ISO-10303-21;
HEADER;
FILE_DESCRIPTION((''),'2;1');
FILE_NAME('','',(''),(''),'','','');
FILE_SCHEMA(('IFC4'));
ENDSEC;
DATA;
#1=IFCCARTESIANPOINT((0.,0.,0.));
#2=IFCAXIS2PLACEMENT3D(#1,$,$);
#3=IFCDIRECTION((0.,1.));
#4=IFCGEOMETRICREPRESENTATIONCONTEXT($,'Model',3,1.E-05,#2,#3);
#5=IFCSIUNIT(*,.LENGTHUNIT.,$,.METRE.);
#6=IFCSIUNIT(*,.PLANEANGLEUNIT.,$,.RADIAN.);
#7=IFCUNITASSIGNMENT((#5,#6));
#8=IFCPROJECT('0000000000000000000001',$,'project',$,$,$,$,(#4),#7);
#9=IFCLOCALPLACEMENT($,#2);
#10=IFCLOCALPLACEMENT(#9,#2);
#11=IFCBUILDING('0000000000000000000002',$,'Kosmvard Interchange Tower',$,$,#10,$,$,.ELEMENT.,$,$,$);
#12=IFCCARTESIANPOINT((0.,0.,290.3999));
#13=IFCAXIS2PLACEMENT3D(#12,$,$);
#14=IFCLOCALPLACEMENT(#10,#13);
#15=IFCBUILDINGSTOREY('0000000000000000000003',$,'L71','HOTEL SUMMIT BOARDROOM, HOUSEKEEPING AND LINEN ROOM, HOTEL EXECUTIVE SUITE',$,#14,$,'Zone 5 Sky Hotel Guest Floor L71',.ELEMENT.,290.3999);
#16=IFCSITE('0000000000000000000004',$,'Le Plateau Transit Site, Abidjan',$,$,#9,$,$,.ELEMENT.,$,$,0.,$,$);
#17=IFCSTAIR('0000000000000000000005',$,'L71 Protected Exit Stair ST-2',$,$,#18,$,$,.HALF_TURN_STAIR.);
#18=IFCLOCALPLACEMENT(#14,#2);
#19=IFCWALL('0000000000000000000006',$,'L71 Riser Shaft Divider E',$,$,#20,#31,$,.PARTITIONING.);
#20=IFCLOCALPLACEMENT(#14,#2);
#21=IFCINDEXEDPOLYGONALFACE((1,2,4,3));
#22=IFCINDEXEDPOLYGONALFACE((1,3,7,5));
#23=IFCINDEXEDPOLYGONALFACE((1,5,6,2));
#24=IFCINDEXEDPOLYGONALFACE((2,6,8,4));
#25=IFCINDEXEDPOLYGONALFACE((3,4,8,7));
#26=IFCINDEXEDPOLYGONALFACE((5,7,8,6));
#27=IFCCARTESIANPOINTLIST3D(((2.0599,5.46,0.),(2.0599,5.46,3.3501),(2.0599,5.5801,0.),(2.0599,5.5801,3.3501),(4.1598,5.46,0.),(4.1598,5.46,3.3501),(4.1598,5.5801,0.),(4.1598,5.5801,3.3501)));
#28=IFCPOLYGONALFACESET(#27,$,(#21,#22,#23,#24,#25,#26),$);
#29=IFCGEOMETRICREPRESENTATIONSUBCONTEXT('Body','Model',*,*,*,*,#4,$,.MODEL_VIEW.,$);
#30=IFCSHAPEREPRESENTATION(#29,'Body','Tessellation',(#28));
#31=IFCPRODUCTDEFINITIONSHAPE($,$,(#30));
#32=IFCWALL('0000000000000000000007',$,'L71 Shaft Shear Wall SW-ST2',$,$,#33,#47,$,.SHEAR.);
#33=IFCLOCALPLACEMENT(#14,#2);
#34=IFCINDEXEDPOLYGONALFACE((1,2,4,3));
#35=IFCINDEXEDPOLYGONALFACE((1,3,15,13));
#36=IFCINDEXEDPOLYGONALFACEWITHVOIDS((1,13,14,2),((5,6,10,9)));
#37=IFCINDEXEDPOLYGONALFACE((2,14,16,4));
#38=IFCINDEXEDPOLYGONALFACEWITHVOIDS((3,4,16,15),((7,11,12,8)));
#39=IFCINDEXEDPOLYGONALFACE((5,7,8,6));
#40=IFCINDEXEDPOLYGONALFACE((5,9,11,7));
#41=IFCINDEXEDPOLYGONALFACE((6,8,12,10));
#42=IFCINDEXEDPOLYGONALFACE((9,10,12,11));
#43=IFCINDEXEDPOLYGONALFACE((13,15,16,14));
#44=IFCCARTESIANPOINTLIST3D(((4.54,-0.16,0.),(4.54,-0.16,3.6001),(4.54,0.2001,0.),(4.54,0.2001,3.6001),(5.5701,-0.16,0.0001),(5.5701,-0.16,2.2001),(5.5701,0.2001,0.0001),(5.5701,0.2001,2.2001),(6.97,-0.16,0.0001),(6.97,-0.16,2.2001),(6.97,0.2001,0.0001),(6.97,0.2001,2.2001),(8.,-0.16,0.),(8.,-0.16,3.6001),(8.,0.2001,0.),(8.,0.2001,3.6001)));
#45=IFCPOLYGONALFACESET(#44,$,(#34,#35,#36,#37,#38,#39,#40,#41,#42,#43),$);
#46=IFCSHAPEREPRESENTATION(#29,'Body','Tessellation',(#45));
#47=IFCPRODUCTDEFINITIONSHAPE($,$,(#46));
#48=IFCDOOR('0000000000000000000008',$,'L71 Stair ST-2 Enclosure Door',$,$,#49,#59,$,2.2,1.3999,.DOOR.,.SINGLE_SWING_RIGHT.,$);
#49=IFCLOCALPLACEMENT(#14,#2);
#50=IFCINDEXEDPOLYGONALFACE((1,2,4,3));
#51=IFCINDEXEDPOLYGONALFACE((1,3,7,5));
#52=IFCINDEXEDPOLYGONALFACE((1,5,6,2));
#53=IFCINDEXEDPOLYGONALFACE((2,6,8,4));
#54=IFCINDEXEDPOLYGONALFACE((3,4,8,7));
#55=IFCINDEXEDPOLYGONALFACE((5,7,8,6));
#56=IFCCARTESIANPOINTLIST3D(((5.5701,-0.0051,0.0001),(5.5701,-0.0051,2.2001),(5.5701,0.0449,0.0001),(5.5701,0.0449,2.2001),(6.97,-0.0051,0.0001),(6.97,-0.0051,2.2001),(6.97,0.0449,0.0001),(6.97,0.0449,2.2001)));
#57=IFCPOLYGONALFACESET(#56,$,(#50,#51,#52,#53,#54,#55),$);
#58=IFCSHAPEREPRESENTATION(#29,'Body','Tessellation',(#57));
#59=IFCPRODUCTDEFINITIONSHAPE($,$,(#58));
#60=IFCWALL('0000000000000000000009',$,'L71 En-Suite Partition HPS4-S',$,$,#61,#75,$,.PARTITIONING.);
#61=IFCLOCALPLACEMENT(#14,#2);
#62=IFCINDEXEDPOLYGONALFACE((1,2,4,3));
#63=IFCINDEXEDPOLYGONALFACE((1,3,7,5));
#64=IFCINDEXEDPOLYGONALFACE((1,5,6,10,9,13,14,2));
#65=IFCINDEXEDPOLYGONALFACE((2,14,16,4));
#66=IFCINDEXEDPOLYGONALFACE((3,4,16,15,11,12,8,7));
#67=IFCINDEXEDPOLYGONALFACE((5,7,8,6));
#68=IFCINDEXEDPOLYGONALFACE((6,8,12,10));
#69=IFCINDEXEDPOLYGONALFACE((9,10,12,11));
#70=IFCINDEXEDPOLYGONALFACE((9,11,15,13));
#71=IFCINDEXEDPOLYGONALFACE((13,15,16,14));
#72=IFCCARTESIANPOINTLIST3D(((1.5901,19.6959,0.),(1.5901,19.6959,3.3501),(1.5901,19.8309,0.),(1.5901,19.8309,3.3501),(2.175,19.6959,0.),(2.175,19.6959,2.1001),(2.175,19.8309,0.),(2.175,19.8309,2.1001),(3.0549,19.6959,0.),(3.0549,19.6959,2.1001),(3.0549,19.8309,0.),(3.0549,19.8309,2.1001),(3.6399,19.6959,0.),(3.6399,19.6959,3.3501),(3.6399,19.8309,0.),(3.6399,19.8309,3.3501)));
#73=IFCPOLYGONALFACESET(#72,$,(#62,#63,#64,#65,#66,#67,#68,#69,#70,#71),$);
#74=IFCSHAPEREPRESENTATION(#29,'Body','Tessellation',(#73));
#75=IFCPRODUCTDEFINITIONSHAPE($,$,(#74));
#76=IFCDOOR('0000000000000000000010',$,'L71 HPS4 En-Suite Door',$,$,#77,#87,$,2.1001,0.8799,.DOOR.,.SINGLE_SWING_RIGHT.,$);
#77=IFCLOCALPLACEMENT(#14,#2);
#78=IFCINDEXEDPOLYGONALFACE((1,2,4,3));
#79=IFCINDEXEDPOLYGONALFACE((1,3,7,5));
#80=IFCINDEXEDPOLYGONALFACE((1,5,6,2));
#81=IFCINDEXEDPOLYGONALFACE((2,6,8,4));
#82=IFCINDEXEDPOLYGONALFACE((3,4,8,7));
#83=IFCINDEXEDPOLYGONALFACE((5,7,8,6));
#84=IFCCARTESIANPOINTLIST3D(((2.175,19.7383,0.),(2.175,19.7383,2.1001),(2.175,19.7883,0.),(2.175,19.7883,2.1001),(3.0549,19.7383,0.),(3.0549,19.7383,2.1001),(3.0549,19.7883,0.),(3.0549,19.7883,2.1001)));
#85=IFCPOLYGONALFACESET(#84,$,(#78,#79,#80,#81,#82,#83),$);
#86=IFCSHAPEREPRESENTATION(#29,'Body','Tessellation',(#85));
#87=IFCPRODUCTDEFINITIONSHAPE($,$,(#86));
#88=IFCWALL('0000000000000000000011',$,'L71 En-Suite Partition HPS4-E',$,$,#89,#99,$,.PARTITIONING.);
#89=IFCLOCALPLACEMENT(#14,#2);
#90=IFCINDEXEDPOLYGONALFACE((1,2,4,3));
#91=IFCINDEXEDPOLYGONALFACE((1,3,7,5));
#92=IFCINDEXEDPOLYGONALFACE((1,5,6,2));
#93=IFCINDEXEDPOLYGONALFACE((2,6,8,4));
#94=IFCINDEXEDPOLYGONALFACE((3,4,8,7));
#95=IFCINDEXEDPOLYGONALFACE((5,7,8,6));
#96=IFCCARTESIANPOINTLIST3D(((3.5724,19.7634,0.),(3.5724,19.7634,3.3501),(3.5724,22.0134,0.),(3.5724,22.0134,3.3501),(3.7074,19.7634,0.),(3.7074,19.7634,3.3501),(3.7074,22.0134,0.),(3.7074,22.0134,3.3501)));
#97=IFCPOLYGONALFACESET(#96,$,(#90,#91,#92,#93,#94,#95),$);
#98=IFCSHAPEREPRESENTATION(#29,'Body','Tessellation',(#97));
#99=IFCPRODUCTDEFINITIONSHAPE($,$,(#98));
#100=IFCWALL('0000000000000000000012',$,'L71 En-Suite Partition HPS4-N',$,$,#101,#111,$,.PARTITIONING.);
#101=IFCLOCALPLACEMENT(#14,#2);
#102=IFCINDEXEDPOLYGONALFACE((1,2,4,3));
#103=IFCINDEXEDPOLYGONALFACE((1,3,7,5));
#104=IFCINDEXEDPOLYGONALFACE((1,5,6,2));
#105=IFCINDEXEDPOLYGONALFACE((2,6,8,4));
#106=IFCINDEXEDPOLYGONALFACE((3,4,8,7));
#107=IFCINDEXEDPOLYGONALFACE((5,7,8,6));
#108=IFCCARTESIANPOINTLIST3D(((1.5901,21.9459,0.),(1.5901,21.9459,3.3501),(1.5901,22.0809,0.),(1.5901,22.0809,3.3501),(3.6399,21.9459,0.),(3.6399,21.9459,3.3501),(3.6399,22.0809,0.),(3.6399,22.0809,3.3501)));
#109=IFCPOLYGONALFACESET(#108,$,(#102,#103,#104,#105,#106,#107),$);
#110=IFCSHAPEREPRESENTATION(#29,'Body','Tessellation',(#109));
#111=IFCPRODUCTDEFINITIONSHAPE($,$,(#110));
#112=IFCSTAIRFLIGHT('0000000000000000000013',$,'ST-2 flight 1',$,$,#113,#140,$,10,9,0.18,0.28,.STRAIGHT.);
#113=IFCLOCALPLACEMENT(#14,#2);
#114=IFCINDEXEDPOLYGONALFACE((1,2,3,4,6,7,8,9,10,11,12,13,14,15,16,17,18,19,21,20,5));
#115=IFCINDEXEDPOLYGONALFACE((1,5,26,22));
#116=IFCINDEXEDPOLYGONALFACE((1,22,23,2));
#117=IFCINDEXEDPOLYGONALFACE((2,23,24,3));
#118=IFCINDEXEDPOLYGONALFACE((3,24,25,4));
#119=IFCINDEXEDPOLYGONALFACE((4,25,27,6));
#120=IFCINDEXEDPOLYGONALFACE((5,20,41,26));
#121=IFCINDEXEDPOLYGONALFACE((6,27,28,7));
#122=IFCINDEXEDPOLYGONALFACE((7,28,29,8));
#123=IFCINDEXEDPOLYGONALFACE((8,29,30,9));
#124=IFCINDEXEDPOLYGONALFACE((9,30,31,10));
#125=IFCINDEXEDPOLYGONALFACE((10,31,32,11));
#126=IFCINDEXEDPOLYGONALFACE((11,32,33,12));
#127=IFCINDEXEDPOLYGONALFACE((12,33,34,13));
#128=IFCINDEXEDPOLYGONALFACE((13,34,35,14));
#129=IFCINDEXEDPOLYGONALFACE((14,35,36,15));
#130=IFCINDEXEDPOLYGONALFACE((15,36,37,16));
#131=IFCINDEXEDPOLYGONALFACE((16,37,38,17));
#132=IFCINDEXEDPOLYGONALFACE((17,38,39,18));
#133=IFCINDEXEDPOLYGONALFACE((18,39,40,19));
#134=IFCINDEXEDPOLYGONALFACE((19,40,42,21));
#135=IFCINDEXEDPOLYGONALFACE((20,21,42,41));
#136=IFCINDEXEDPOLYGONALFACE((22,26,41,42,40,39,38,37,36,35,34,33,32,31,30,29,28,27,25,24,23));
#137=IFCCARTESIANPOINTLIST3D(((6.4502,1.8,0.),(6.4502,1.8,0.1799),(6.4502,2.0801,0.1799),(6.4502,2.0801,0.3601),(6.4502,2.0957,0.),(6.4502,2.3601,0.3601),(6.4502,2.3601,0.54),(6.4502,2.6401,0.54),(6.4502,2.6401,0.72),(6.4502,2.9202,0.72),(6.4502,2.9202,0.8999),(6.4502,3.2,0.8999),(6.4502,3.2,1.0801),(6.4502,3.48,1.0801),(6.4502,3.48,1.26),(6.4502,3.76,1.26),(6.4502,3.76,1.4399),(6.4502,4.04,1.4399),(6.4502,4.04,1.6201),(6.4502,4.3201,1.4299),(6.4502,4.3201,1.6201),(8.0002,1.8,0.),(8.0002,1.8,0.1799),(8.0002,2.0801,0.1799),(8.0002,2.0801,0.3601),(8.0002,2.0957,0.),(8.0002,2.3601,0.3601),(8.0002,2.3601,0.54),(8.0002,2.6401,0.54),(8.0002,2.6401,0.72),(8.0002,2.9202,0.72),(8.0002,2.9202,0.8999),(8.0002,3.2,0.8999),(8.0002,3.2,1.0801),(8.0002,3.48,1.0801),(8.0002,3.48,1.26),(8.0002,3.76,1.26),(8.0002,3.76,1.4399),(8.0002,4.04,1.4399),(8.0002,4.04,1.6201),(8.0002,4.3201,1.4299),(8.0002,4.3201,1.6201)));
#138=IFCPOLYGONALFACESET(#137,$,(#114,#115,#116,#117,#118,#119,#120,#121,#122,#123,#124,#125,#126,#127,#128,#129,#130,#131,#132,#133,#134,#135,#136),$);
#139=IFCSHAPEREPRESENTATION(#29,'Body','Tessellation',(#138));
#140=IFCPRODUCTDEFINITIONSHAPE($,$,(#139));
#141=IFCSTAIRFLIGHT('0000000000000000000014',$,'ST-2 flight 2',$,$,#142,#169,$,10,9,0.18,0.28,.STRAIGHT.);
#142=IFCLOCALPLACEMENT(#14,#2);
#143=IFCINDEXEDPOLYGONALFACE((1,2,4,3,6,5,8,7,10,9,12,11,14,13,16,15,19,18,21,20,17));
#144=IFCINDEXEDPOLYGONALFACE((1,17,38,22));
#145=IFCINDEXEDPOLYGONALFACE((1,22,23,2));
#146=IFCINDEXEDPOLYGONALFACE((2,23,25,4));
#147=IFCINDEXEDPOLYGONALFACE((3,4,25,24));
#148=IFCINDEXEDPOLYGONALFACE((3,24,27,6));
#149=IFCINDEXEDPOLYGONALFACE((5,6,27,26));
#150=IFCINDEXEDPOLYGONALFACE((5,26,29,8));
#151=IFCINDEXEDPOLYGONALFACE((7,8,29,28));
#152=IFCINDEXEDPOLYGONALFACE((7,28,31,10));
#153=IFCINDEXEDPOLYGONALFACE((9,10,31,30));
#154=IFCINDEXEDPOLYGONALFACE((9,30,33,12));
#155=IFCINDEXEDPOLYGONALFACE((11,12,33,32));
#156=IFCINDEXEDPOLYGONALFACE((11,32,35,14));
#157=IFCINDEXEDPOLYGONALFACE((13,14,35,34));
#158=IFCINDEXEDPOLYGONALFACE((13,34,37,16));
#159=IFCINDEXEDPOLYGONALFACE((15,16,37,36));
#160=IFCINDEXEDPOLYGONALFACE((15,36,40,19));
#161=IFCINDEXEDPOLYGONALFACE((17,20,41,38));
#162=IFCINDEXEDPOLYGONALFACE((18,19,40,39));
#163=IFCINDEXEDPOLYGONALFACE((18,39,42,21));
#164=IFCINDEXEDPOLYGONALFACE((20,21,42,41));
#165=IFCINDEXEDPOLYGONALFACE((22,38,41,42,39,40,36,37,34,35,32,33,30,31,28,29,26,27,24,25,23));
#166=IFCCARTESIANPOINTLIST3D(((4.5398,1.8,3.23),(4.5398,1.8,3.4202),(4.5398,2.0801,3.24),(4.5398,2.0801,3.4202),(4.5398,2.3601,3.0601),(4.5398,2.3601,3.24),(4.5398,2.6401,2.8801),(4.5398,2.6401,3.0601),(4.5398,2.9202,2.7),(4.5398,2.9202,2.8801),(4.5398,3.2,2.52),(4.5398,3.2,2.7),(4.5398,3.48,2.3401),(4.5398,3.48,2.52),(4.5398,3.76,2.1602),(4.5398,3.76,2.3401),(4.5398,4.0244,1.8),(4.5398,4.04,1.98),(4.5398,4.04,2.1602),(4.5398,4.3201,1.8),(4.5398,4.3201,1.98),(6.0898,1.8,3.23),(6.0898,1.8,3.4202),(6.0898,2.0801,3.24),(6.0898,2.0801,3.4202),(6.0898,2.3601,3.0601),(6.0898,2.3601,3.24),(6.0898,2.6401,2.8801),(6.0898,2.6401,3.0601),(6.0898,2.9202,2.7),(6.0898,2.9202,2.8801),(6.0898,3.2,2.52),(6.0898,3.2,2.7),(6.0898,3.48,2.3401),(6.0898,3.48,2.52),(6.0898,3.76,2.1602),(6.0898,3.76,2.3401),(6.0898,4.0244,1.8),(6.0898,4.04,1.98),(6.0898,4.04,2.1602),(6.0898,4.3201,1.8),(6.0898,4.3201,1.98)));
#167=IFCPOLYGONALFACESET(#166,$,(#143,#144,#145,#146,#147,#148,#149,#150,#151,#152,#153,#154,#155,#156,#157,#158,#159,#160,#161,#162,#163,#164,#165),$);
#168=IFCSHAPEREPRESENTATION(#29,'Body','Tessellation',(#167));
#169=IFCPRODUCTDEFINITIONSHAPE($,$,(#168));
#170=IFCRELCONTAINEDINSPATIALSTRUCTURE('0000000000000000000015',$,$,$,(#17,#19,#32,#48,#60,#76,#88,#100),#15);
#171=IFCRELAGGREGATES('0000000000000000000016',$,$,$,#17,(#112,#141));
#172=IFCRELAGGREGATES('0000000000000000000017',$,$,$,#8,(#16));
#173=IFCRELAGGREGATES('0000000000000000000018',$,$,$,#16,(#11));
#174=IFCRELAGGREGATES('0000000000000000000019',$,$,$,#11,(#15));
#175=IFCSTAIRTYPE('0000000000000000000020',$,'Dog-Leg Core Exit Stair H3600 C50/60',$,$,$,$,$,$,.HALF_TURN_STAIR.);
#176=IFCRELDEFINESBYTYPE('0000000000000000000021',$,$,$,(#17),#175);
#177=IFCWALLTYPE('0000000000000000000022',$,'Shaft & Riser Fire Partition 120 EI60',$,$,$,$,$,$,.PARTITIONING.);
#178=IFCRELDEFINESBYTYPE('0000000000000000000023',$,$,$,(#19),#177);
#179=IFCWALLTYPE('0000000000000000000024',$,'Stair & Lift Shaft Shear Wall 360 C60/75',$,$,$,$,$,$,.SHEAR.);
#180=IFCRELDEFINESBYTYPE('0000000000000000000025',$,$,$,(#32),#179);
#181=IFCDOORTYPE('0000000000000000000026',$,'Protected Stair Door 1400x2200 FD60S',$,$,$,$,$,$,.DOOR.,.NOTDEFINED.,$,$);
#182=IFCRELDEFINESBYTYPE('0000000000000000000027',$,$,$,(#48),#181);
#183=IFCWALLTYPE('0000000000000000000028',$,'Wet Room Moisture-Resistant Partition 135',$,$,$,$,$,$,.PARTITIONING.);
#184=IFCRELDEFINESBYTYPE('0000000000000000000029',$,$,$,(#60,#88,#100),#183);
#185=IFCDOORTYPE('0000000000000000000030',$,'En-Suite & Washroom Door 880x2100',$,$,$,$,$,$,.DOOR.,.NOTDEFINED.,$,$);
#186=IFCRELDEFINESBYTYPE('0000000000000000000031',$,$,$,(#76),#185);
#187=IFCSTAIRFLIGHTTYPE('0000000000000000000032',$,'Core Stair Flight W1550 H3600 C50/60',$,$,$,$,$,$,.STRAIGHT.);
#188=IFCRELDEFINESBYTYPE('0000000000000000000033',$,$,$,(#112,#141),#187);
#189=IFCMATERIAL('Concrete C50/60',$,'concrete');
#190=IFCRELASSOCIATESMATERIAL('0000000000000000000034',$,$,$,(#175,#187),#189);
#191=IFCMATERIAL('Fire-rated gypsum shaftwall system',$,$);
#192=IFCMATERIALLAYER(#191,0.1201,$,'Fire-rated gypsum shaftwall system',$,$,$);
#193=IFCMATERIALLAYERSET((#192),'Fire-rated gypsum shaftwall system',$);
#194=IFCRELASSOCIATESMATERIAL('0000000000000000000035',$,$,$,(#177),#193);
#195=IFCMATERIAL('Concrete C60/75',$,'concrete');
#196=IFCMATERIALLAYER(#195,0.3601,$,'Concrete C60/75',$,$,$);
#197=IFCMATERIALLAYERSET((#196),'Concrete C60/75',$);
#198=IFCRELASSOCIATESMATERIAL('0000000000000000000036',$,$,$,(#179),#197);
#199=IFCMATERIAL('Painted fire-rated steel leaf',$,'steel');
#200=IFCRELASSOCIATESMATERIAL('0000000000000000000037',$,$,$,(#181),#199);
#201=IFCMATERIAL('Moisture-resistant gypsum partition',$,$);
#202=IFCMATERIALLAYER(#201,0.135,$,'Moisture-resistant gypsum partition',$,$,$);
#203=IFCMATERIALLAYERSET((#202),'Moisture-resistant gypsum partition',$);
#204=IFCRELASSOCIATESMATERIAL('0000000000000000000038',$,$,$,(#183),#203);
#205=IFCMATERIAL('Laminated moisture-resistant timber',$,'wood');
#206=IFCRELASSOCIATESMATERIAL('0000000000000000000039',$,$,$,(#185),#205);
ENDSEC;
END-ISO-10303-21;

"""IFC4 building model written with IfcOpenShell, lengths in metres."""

from ifc_helpers import new_model, si_unit, direction, frame, frame_2d, origin, place, context, subcontext, project, spatial, polyline, rectangle, outline, extrude, source, transform, mapped, material, layer, layer_set, type_object, element, fill, aggregate, save


model = new_model("IFC4")

# Units and contexts
model_context = context("Model", 3, precision=1e-05, world=origin(), true_north=direction((0.0, 1.0)))
body_context = subcontext(model_context, "Body", "Model", "MODEL_VIEW")
ifc_project = project(units=[si_unit("LENGTHUNIT", "METRE"), si_unit("PLANEANGLEUNIT", "RADIAN")], contexts=[model_context])

# Site, building, storey
site_placement = place(None, origin())
site = spatial("IfcSite", under=ifc_project, at=site_placement, Name="Le Plateau Transit Site, Abidjan", CompositionType="ELEMENT", RefElevation=0.0)
building_placement = place(site_placement, origin())
building = spatial("IfcBuilding", under=site, at=building_placement, Name="Kosmvard Interchange Tower", CompositionType="ELEMENT")
storey_placement = place(building_placement, frame((0.0, 0.0, 290.3999)))
storey = spatial("IfcBuildingStorey", under=building, at=storey_placement, Name="L71", Description="HOTEL SUMMIT BOARDROOM, HOUSEKEEPING AND LINEN ROOM, HOTEL EXECUTIVE SUITE", LongName="Zone 5 Sky Hotel Guest Floor L71", CompositionType="ELEMENT", Elevation=290.3999)

# Shared definitions
ifc_material_1 = material(Name="Concrete C50/60", Category="concrete")

# Stair
stair_type = type_object("IfcStairType", Name="Dog-Leg Core Exit Stair H3600 C50/60", PredefinedType="HALF_TURN_STAIR", material=ifc_material_1)
stair_1_placement = place(storey_placement, origin())
stair_1 = element("IfcStair", 1, at=stair_1_placement, inside=storey, type_object=stair_type, Name="L71 Protected Exit Stair ST-2", PredefinedType="HALF_TURN_STAIR")

# Wall
ifc_material_2 = material(Name="Fire-rated gypsum shaftwall system")
ifc_layer_1 = layer(ifc_material_2, 0.1201, Name="Fire-rated gypsum shaftwall system")
ifc_layer_set_1 = layer_set([ifc_layer_1], Name="Fire-rated gypsum shaftwall system")
wall_type_1 = type_object("IfcWallType", Name="Shaft & Riser Fire Partition 120 EI60", PredefinedType="PARTITIONING", material=ifc_layer_set_1)
wall_1_placement = place(storey_placement, frame((2.0601, 5.52, 0.0), z_axis=(0.0, 0.0, 1.0), x_axis=(1.0, 0.0, 0.0)))
element("IfcWall", 2, at=wall_1_placement, inside=storey, type_object=wall_type_1, Name="L71 Riser Shaft Divider E", PredefinedType="PARTITIONING", context=body_context, shape_type="SweptSolid", body=[
    extrude(rectangle(XDim=2.0999, YDim=0.1201, at=frame_2d((1.0498, 0.0))), origin(), (0.0, 0.0, 1.0), 3.3501),
])

# Walls, openings, doors
ifc_material_3 = material(Name="Concrete C60/75", Category="concrete")
ifc_layer_2 = layer(ifc_material_3, 0.3601, Name="Concrete C60/75")
ifc_layer_set_2 = layer_set([ifc_layer_2], Name="Concrete C60/75")
wall_type_2 = type_object("IfcWallType", Name="Stair & Lift Shaft Shear Wall 360 C60/75", PredefinedType="SHEAR", material=ifc_layer_set_2)
wall_2_placement = place(storey_placement, frame((4.54, 0.02, 0.0), z_axis=(0.0, 0.0, 1.0), x_axis=(1.0, 0.0, 0.0)))
wall_2 = element("IfcWall", 3, at=wall_2_placement, inside=storey, type_object=wall_type_2, Name="L71 Shaft Shear Wall SW-ST2", PredefinedType="SHEAR", context=body_context, shape_type="SweptSolid", body=[
    extrude(rectangle(XDim=3.46, YDim=0.3601, at=frame_2d((1.73, 0.0))), origin(), (0.0, 0.0, 1.0), 3.6001),
])
opening_1_placement = place(wall_2_placement, frame((1.03, 0.0, 0.0)))
opening_1 = element("IfcOpeningElement", 4, at=opening_1_placement, cuts=wall_2, PredefinedType="OPENING", context=body_context, shape_type="SweptSolid", body=[
    extrude(rectangle(XDim=1.3999, YDim=2.2, at=frame_2d((0.7, 1.1001))), frame((0.0, 0.1899, 0.0), z_axis=(0.0, -1.0, 0.0), x_axis=(1.0, 0.0, 0.0)), (0.0, 0.0, 1.0), 0.3801),
])
ifc_material_4 = material(Name="Painted fire-rated steel leaf", Category="steel")
door_type_1 = type_object("IfcDoorType", Name="Protected Stair Door 1400x2200 FD60S", OperationType="NOTDEFINED", PredefinedType="DOOR", material=ifc_material_4)
shared_shape_1 = source(origin(), body_context, "Body", "SweptSolid", [
    extrude(rectangle(XDim=1.3999, YDim=2.2, at=frame_2d((0.7, 1.1001))), frame((0.0, 0.0249, 0.0), z_axis=(0.0, -1.0, 0.0), x_axis=(1.0, 0.0, 0.0)), (0.0, 0.0, 1.0), 0.05),
])
door_1_placement = place(opening_1_placement, origin())
door_1 = element("IfcDoor", 5, at=door_1_placement, inside=storey, type_object=door_type_1, Name="L71 Stair ST-2 Enclosure Door", OperationType="SINGLE_SWING_RIGHT", OverallHeight=2.2, OverallWidth=1.3999, PredefinedType="DOOR", context=body_context, shape_type="MappedRepresentation", body=[
    mapped(shared_shape_1, transform((0.0, 0.0, 0.0), scale=1.0)),
])
fill(opening_1, door_1)
ifc_material_5 = material(Name="Moisture-resistant gypsum partition")
ifc_layer_3 = layer(ifc_material_5, 0.135, Name="Moisture-resistant gypsum partition")
ifc_layer_set_3 = layer_set([ifc_layer_3], Name="Moisture-resistant gypsum partition")
wall_type_3 = type_object("IfcWallType", Name="Wet Room Moisture-Resistant Partition 135", PredefinedType="PARTITIONING", material=ifc_layer_set_3)
wall_3_placement = place(storey_placement, frame((1.5901, 19.7634, 0.0), z_axis=(0.0, 0.0, 1.0), x_axis=(1.0, 0.0, 0.0)))
wall_3 = element("IfcWall", 6, at=wall_3_placement, inside=storey, type_object=wall_type_3, Name="L71 En-Suite Partition HPS4-S", PredefinedType="PARTITIONING", context=body_context, shape_type="SweptSolid", body=[
    extrude(rectangle(XDim=2.0498, YDim=0.135, at=frame_2d((1.0249, 0.0))), origin(), (0.0, 0.0, 1.0), 3.3501),
])
opening_2_placement = place(wall_3_placement, frame((0.585, 0.0, 0.0)))
opening_2 = element("IfcOpeningElement", 7, at=opening_2_placement, cuts=wall_3, PredefinedType="OPENING", context=body_context, shape_type="SweptSolid", body=[
    extrude(rectangle(XDim=0.8799, YDim=2.1001, at=frame_2d((0.4399, 1.05))), frame((0.0, 0.0776, 0.0), z_axis=(0.0, -1.0, 0.0), x_axis=(1.0, 0.0, 0.0)), (0.0, 0.0, 1.0), 0.155),
])
ifc_material_6 = material(Name="Laminated moisture-resistant timber", Category="wood")
door_type_2 = type_object("IfcDoorType", Name="En-Suite & Washroom Door 880x2100", OperationType="NOTDEFINED", PredefinedType="DOOR", material=ifc_material_6)
shared_shape_2 = source(origin(), body_context, "Body", "SweptSolid", [
    extrude(rectangle(XDim=0.8799, YDim=2.1001, at=frame_2d((0.4399, 1.05))), frame((0.0, 0.0249, 0.0), z_axis=(0.0, -1.0, 0.0), x_axis=(1.0, 0.0, 0.0)), (0.0, 0.0, 1.0), 0.05),
])
door_2_placement = place(opening_2_placement, origin())
door_2 = element("IfcDoor", 8, at=door_2_placement, inside=storey, type_object=door_type_2, Name="L71 HPS4 En-Suite Door", OperationType="SINGLE_SWING_RIGHT", OverallHeight=2.1001, OverallWidth=0.8799, PredefinedType="DOOR", context=body_context, shape_type="MappedRepresentation", body=[
    mapped(shared_shape_2, transform((0.0, 0.0, 0.0), scale=1.0)),
])
fill(opening_2, door_2)

# Walls
wall_4_placement = place(storey_placement, frame((3.6399, 19.7634, 0.0), z_axis=(0.0, 0.0, 1.0), x_axis=(0.0, 1.0, 0.0)))
element("IfcWall", 9, at=wall_4_placement, inside=storey, type_object=wall_type_3, Name="L71 En-Suite Partition HPS4-E", PredefinedType="PARTITIONING", context=body_context, shape_type="SweptSolid", body=[
    extrude(rectangle(XDim=2.25, YDim=0.135, at=frame_2d((1.125, 0.0))), origin(), (0.0, 0.0, 1.0), 3.3501),
])
wall_5_placement = place(storey_placement, frame((1.5901, 22.0134, 0.0), z_axis=(0.0, 0.0, 1.0), x_axis=(1.0, 0.0, 0.0)))
element("IfcWall", 10, at=wall_5_placement, inside=storey, type_object=wall_type_3, Name="L71 En-Suite Partition HPS4-N", PredefinedType="PARTITIONING", context=body_context, shape_type="SweptSolid", body=[
    extrude(rectangle(XDim=2.0498, YDim=0.135, at=frame_2d((1.0249, 0.0))), origin(), (0.0, 0.0, 1.0), 3.3501),
])

# Stair flights
stair_flight_type = type_object("IfcStairFlightType", Name="Core Stair Flight W1550 H3600 C50/60", PredefinedType="STRAIGHT", material=ifc_material_1)
shared_shape_3 = source(origin(), body_context, "Body", "SweptSolid", [
    extrude(outline(polyline([(0.0, 0.0), (0.0, 0.1799), (0.28, 0.1799), (0.28, 0.3601), (0.5601, 0.3601), (0.5601, 0.54), (0.8401, 0.54), (0.8401, 0.72), (1.1201, 0.72), (1.1201, 0.8999), (1.3999, 0.8999), (1.3999, 1.0801), (1.6799, 1.0801), (1.6799, 1.26), (1.96, 1.26), (1.96, 1.4399), (2.24, 1.4399), (2.24, 1.6201), (2.52, 1.6201), (2.52, 1.8), (2.52, 1.4299), (0.2957, 0.0), (0.0, 0.0)])), frame((0.0, 0.7749, 0.0), z_axis=(0.0, -1.0, 0.0), x_axis=(1.0, 0.0, 0.0)), (0.0, 0.0, 1.0), 1.55),
])
stair_flight_1_placement = place(storey_placement, frame((7.2251, 1.8, 0.0), z_axis=(0.0, 0.0, 1.0), x_axis=(0.0, 1.0, 0.0)))
stair_flight_1 = element("IfcStairFlight", 11, at=stair_flight_1_placement, type_object=stair_flight_type, Name="ST-2 flight 1", NumberOfRisers=10, NumberOfTreads=9, PredefinedType="STRAIGHT", RiserHeight=0.18, TreadLength=0.28, context=body_context, shape_type="MappedRepresentation", body=[
    mapped(shared_shape_3, transform((0.0, 0.0, 0.0), scale=1.0)),
])
stair_flight_2_placement = place(storey_placement, frame((5.3149, 4.3201, 1.8), z_axis=(0.0, 0.0, 1.0), x_axis=(0.0, -1.0, 0.0)))
stair_flight_2 = element("IfcStairFlight", 12, at=stair_flight_2_placement, type_object=stair_flight_type, Name="ST-2 flight 2", NumberOfRisers=10, NumberOfTreads=9, PredefinedType="STRAIGHT", RiserHeight=0.18, TreadLength=0.28, context=body_context, shape_type="MappedRepresentation", body=[
    mapped(shared_shape_3, transform((0.0, 0.0, 0.0), scale=1.0)),
])
aggregate(stair_1, [stair_flight_1, stair_flight_2])

save(model, "model.ifc")
